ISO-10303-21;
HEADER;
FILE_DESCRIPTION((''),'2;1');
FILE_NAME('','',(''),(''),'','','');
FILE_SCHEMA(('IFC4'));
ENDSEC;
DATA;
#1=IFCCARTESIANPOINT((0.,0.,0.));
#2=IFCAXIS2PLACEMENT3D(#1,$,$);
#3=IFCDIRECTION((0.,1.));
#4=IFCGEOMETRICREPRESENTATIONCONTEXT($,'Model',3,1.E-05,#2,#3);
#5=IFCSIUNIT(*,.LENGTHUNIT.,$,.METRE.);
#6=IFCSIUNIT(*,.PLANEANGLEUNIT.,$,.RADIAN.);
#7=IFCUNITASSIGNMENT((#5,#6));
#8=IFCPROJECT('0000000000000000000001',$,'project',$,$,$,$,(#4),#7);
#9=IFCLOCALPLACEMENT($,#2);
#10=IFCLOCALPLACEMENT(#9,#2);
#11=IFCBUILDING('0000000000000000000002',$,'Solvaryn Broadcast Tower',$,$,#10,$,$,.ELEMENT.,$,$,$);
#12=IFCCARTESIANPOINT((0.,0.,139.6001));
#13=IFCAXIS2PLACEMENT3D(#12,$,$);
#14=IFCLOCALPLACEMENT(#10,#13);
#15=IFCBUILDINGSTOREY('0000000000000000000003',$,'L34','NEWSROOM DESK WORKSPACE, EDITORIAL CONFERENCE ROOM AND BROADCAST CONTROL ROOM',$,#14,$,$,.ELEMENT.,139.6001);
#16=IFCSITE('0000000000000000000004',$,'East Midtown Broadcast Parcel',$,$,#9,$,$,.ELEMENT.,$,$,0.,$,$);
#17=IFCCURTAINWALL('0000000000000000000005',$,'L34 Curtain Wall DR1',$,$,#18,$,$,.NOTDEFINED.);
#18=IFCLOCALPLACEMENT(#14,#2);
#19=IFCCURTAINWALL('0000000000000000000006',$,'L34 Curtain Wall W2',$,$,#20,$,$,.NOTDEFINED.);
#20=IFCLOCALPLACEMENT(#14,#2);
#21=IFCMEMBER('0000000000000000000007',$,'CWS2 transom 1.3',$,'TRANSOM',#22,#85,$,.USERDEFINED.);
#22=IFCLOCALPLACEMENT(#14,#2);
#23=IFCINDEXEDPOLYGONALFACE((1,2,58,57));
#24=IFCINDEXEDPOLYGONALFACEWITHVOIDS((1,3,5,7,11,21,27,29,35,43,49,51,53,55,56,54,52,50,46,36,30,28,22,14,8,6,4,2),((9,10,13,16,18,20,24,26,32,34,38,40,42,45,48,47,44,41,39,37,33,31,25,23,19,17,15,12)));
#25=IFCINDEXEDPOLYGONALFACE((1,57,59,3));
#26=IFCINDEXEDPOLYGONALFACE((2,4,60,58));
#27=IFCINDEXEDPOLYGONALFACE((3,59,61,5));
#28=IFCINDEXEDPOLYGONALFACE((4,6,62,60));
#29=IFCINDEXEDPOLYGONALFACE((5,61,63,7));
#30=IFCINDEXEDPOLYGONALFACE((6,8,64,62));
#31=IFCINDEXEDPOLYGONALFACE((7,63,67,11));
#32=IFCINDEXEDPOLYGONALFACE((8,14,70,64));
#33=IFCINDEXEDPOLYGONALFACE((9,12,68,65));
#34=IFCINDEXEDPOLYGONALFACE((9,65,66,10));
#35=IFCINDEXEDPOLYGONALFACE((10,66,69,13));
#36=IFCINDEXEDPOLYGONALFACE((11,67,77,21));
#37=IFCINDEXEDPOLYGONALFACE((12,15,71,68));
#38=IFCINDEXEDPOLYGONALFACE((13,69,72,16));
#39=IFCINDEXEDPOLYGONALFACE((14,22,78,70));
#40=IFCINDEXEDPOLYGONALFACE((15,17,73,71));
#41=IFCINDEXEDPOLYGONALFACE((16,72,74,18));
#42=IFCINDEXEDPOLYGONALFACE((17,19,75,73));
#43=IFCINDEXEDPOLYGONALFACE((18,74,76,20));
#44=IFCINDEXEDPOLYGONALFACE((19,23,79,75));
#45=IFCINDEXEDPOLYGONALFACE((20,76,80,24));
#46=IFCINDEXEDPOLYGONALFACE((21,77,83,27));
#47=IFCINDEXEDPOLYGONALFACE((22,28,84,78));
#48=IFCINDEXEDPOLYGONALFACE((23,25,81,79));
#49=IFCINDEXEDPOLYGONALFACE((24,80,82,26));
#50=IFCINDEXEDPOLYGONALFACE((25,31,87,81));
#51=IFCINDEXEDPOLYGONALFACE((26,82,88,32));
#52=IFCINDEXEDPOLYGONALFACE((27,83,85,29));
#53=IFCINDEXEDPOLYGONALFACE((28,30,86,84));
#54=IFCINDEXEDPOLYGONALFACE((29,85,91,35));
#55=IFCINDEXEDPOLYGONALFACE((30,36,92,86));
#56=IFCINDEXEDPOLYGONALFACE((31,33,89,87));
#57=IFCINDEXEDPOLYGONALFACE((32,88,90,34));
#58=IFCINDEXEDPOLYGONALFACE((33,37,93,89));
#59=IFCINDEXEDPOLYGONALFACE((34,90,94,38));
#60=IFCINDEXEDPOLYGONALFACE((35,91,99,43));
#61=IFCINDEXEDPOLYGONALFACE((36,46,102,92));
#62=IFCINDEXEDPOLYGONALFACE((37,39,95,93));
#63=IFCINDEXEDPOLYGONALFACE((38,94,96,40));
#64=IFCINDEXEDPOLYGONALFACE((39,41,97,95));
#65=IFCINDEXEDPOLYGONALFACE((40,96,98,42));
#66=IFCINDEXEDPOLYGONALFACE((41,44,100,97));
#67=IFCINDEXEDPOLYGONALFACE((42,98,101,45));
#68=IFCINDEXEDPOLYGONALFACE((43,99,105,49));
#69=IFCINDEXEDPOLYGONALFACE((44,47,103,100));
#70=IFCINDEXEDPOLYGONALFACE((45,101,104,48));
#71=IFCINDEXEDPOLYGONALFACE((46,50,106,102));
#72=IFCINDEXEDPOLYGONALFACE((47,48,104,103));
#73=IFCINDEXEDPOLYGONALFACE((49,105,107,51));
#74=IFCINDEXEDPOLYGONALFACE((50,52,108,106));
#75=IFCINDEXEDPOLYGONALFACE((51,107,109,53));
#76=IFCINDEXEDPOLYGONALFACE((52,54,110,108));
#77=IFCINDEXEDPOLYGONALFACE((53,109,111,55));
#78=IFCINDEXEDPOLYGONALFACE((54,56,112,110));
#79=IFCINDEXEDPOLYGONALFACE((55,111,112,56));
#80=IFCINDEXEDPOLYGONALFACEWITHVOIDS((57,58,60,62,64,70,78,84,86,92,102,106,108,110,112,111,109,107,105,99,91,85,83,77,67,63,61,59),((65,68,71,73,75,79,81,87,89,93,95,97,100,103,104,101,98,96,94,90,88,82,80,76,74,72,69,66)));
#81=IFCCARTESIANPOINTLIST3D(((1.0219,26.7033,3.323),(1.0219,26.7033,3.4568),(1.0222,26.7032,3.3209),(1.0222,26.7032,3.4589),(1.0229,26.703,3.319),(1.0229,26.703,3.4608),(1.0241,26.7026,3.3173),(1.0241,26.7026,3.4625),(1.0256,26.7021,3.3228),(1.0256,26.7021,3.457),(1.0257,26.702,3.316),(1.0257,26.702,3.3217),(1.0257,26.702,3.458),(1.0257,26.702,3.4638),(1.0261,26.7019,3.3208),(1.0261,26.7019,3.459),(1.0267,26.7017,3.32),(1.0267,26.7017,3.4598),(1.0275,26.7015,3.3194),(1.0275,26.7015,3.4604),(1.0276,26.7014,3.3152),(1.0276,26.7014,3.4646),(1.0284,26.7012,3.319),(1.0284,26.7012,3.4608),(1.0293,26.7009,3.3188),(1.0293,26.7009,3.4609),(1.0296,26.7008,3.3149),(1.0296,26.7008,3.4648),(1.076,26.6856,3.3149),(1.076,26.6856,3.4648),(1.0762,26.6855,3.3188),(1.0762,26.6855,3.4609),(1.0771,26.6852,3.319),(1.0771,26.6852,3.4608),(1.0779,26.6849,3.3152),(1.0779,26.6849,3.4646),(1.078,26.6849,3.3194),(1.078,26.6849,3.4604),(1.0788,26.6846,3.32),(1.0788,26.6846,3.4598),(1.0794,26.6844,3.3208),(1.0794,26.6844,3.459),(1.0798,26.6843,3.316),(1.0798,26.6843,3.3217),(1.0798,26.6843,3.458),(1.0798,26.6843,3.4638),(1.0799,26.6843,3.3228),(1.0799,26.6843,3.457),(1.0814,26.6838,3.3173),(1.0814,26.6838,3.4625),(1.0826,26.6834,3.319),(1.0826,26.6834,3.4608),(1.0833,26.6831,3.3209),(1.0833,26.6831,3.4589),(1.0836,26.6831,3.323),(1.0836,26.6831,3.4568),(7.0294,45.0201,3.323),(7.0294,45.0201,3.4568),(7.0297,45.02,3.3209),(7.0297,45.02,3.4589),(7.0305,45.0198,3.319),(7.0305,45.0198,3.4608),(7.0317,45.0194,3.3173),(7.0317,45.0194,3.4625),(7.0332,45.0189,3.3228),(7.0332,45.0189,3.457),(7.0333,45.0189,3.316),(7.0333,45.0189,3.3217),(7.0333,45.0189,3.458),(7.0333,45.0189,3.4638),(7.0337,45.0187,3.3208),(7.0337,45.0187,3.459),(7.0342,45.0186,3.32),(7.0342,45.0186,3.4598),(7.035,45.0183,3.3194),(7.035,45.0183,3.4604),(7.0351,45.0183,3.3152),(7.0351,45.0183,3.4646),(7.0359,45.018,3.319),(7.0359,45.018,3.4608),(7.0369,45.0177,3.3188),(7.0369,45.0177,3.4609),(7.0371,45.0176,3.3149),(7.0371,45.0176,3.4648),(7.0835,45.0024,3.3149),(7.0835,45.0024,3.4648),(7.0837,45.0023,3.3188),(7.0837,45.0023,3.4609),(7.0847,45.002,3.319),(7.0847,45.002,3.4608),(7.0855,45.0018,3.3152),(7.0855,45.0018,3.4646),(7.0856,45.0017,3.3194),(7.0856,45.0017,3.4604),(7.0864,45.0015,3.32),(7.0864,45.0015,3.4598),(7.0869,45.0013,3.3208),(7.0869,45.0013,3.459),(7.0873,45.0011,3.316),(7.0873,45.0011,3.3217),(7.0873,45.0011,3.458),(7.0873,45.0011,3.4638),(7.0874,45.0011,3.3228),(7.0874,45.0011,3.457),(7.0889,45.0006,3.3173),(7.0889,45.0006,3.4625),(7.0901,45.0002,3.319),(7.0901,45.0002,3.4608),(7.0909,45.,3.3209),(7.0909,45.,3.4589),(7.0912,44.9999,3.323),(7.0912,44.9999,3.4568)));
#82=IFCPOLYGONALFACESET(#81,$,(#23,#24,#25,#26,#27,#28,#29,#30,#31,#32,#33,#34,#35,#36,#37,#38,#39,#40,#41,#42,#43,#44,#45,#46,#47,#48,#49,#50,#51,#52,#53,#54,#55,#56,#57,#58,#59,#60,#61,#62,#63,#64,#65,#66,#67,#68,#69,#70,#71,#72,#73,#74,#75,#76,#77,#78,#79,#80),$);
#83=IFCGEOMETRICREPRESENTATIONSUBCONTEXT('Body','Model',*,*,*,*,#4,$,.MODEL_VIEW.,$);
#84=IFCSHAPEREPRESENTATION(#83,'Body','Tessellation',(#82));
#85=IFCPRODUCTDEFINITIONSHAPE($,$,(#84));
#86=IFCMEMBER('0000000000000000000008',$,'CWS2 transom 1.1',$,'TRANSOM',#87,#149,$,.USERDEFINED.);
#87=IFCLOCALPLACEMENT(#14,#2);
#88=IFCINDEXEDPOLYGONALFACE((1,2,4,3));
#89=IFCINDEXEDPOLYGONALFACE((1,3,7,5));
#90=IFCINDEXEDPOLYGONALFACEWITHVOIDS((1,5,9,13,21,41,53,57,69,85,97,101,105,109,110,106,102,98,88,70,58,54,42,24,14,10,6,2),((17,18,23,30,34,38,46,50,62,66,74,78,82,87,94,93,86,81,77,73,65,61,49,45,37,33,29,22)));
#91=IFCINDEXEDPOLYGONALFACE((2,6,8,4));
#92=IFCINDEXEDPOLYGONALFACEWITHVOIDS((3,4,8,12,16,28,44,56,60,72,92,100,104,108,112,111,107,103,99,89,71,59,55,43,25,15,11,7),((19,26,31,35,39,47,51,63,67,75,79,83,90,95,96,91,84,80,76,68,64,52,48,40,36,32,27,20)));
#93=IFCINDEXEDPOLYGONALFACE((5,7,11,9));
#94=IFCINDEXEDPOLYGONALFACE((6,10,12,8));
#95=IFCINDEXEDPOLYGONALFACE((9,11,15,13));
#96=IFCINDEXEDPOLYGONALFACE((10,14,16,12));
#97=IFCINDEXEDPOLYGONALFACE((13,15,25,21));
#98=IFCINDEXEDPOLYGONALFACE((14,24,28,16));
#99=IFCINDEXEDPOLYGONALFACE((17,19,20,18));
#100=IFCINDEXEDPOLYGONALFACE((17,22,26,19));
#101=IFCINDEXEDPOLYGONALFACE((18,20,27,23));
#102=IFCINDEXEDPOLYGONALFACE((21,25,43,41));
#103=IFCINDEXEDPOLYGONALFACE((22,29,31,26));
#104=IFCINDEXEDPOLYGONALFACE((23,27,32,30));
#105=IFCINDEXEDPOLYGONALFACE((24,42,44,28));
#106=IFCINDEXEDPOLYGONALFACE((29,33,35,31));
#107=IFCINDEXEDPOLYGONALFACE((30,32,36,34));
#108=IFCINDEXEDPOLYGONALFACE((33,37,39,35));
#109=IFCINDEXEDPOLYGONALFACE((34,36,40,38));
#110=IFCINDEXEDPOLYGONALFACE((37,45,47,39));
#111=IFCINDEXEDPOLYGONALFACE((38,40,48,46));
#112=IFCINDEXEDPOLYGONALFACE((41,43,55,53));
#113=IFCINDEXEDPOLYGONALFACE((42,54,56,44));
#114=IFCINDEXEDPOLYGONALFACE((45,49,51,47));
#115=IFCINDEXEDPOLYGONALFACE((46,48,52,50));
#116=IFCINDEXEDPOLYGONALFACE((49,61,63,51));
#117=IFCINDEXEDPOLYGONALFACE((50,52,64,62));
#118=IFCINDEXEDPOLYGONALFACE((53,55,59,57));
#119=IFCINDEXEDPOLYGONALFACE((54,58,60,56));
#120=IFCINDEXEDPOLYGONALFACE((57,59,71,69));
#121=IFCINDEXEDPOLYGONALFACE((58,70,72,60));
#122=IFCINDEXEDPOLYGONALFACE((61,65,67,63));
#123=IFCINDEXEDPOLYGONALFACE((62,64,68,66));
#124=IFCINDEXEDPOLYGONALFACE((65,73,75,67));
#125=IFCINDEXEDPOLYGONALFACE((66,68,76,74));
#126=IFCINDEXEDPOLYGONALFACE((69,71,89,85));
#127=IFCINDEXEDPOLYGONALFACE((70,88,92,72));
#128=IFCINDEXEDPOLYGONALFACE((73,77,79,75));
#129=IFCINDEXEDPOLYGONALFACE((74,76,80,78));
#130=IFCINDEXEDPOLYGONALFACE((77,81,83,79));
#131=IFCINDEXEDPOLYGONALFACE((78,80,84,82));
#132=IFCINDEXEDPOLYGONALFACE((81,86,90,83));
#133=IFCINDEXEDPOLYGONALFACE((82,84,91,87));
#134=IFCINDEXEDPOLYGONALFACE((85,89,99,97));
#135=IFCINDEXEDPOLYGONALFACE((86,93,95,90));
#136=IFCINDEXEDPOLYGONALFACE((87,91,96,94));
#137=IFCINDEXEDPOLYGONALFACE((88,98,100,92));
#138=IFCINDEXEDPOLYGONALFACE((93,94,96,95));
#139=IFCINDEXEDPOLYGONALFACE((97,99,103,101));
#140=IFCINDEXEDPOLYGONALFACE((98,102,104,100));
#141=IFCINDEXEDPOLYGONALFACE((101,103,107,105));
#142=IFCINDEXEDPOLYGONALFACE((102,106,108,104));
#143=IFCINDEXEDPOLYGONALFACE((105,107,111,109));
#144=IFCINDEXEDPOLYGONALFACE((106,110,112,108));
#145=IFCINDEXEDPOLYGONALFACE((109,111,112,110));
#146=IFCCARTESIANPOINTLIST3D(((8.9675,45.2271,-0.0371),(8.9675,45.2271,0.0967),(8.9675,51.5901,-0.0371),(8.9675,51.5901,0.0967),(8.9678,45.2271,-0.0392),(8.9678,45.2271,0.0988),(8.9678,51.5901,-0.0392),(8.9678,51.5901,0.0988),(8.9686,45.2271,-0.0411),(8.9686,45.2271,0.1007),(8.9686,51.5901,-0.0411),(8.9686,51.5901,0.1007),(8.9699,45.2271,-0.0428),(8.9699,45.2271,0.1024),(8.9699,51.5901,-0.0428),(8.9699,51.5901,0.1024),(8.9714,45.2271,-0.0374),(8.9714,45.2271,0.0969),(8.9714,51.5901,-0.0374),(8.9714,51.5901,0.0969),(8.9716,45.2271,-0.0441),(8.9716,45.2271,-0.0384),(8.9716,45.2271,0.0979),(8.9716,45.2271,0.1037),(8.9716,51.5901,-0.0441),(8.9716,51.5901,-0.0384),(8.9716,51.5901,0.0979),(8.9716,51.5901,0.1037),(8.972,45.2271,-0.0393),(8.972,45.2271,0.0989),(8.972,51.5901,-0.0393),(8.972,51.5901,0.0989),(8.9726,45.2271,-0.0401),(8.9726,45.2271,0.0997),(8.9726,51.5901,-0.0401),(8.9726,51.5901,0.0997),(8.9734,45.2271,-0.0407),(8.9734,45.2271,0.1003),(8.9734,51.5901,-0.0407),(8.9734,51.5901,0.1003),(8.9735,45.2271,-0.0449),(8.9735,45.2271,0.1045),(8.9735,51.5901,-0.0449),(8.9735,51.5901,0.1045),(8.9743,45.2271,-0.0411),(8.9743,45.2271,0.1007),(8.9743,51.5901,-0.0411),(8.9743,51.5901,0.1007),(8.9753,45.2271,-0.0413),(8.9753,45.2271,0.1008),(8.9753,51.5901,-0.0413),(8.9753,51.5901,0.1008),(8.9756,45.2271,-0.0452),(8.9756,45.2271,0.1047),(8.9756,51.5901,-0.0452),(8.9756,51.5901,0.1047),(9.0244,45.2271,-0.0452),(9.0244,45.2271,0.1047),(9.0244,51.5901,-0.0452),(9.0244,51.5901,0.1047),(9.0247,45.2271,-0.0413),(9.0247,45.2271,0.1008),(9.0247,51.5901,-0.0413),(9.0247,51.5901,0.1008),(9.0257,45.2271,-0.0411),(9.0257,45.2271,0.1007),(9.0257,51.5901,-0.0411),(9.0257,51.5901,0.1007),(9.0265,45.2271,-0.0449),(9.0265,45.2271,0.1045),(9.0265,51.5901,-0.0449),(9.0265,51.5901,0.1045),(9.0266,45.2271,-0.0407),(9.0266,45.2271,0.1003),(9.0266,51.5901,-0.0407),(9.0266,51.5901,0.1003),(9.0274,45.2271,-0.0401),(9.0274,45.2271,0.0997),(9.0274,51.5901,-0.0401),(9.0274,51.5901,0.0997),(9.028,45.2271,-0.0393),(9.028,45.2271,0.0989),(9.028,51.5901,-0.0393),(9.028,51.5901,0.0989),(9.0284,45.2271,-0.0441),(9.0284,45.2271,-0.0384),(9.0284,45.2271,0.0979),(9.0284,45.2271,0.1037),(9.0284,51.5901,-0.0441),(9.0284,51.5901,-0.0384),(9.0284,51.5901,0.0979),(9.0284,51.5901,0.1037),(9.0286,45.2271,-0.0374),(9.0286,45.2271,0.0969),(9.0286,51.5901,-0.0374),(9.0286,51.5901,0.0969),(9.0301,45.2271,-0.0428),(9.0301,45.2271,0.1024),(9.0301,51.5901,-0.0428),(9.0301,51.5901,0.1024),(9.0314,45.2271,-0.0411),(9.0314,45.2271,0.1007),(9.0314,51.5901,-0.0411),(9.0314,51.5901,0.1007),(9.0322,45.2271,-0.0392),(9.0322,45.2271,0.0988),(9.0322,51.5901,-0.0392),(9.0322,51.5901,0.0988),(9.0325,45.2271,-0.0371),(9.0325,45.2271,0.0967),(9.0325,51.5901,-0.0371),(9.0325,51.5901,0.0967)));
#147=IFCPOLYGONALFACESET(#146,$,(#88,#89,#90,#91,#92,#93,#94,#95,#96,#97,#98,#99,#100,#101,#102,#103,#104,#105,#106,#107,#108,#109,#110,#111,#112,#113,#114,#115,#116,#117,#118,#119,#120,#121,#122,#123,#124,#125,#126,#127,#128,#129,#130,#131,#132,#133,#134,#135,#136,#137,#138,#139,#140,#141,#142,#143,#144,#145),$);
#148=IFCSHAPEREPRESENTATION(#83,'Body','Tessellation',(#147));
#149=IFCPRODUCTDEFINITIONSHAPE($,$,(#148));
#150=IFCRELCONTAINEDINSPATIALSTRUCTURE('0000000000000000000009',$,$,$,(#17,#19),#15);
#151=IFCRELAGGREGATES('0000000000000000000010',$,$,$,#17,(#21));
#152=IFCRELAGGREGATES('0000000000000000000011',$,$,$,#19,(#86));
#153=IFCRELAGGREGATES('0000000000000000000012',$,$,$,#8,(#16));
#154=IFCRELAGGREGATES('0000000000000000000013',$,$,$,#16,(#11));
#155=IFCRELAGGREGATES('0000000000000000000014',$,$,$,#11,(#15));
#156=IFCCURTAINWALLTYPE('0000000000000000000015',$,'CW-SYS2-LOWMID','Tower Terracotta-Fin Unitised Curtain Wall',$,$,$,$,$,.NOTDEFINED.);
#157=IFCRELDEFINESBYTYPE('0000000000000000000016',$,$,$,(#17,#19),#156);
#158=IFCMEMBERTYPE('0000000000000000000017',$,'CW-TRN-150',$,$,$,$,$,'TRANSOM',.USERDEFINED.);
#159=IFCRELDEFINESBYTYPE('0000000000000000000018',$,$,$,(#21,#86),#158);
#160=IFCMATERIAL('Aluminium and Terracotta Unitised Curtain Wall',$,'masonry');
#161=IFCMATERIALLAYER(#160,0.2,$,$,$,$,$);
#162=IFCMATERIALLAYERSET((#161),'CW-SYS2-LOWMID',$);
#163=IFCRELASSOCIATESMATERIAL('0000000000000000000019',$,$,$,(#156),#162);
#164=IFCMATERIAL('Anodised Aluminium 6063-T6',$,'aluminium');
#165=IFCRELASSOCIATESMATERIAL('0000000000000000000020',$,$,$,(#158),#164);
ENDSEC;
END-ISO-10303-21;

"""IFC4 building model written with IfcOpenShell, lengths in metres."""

from ifc_helpers import new_model, si_unit, direction, frame, origin, origin_2d, place, context, subcontext, project, spatial, hollow_rectangle, extrude, material, layer, layer_set, material_profile, profile_set, type_object, element, aggregate, save


model = new_model("IFC4")

# Units and contexts
model_context = context("Model", 3, precision=1e-05, world=origin(), true_north=direction((0.0, 1.0)))
body_context = subcontext(model_context, "Body", "Model", "MODEL_VIEW")
ifc_project = project(units=[si_unit("LENGTHUNIT", "METRE"), si_unit("PLANEANGLEUNIT", "RADIAN")], contexts=[model_context])

# Site, building, storey
site_placement = place(None, origin())
site = spatial("IfcSite", under=ifc_project, at=site_placement, Name="East Midtown Broadcast Parcel", CompositionType="ELEMENT", RefElevation=0.0)
building_placement = place(site_placement, origin())
building = spatial("IfcBuilding", under=site, at=building_placement, Name="Solvaryn Broadcast Tower", CompositionType="ELEMENT")
storey_placement = place(building_placement, frame((0.0, 0.0, 139.6001)))
storey = spatial("IfcBuildingStorey", under=building, at=storey_placement, Name="L34", Description="NEWSROOM DESK WORKSPACE, EDITORIAL CONFERENCE ROOM AND BROADCAST CONTROL ROOM", CompositionType="ELEMENT", Elevation=139.6001)

# Curtain walls
ifc_material_1 = material(Name="Aluminium and Terracotta Unitised Curtain Wall", Category="masonry")
ifc_layer_1 = layer(ifc_material_1, 0.2)
ifc_layer_set_1 = layer_set([ifc_layer_1], Name="CW-SYS2-LOWMID")
curtain_wall_type = type_object("IfcCurtainWallType", Name="CW-SYS2-LOWMID", Description="Tower Terracotta-Fin Unitised Curtain Wall", PredefinedType="NOTDEFINED", material=ifc_layer_set_1)
curtain_wall_1_placement = place(storey_placement, origin())
curtain_wall_1 = element("IfcCurtainWall", 1, at=curtain_wall_1_placement, inside=storey, type_object=curtain_wall_type, Name="L34 Curtain Wall DR1", PredefinedType="NOTDEFINED")
curtain_wall_2_placement = place(storey_placement, origin())
curtain_wall_2 = element("IfcCurtainWall", 2, at=curtain_wall_2_placement, inside=storey, type_object=curtain_wall_type, Name="L34 Curtain Wall W2", PredefinedType="NOTDEFINED")

# Members
ifc_material_2 = material(Name="Anodised Aluminium 6063-T6", Category="aluminium")
ifc_material_profile_1 = material_profile(ifc_material_2, hollow_rectangle(XDim=0.0649, YDim=0.1499, WallThickness=0.0039, InnerFilletRadius=0.0039, OuterFilletRadius=0.0081, at=origin_2d()))
ifc_profile_set_1 = profile_set([ifc_material_profile_1], Name="Anodised Aluminium 6063-T6")
member_type_1 = type_object("IfcMemberType", Name="CW-TRN-150", ElementType="TRANSOM", PredefinedType="USERDEFINED", material=ifc_profile_set_1)
member_1_placement = place(storey_placement, frame((7.0603, 45.01, 3.3899), z_axis=(-0.311646, -0.950198, 0.0), x_axis=(0.950198, -0.311646, 0.0)))
member_1 = element("IfcMember", 3, at=member_1_placement, type_object=member_type_1, Name="CWS2 transom 1.3", ObjectType="TRANSOM", PredefinedType="USERDEFINED", context=body_context, shape_type="SweptSolid", body=[
    extrude(hollow_rectangle(XDim=0.0649, YDim=0.1499, WallThickness=0.0039, InnerFilletRadius=0.0039, OuterFilletRadius=0.0081, at=origin_2d()), origin(), (0.0, 0.0, 1.0), 19.2769),
])
aggregate(curtain_wall_1, [member_1])
member_2_placement = place(storey_placement, frame((9.0, 45.2271, 0.0298), z_axis=(0.0, 1.0, 0.0), x_axis=(-1.0, 0.0, 0.0)))
member_2 = element("IfcMember", 4, at=member_2_placement, type_object=member_type_1, Name="CWS2 transom 1.1", ObjectType="TRANSOM", PredefinedType="USERDEFINED", context=body_context, shape_type="SweptSolid", body=[
    extrude(hollow_rectangle(XDim=0.0649, YDim=0.1499, WallThickness=0.0039, InnerFilletRadius=0.0039, OuterFilletRadius=0.0081, at=origin_2d()), origin(), (0.0, 0.0, 1.0), 6.363),
])
aggregate(curtain_wall_2, [member_2])

save(model, "model.ifc")
